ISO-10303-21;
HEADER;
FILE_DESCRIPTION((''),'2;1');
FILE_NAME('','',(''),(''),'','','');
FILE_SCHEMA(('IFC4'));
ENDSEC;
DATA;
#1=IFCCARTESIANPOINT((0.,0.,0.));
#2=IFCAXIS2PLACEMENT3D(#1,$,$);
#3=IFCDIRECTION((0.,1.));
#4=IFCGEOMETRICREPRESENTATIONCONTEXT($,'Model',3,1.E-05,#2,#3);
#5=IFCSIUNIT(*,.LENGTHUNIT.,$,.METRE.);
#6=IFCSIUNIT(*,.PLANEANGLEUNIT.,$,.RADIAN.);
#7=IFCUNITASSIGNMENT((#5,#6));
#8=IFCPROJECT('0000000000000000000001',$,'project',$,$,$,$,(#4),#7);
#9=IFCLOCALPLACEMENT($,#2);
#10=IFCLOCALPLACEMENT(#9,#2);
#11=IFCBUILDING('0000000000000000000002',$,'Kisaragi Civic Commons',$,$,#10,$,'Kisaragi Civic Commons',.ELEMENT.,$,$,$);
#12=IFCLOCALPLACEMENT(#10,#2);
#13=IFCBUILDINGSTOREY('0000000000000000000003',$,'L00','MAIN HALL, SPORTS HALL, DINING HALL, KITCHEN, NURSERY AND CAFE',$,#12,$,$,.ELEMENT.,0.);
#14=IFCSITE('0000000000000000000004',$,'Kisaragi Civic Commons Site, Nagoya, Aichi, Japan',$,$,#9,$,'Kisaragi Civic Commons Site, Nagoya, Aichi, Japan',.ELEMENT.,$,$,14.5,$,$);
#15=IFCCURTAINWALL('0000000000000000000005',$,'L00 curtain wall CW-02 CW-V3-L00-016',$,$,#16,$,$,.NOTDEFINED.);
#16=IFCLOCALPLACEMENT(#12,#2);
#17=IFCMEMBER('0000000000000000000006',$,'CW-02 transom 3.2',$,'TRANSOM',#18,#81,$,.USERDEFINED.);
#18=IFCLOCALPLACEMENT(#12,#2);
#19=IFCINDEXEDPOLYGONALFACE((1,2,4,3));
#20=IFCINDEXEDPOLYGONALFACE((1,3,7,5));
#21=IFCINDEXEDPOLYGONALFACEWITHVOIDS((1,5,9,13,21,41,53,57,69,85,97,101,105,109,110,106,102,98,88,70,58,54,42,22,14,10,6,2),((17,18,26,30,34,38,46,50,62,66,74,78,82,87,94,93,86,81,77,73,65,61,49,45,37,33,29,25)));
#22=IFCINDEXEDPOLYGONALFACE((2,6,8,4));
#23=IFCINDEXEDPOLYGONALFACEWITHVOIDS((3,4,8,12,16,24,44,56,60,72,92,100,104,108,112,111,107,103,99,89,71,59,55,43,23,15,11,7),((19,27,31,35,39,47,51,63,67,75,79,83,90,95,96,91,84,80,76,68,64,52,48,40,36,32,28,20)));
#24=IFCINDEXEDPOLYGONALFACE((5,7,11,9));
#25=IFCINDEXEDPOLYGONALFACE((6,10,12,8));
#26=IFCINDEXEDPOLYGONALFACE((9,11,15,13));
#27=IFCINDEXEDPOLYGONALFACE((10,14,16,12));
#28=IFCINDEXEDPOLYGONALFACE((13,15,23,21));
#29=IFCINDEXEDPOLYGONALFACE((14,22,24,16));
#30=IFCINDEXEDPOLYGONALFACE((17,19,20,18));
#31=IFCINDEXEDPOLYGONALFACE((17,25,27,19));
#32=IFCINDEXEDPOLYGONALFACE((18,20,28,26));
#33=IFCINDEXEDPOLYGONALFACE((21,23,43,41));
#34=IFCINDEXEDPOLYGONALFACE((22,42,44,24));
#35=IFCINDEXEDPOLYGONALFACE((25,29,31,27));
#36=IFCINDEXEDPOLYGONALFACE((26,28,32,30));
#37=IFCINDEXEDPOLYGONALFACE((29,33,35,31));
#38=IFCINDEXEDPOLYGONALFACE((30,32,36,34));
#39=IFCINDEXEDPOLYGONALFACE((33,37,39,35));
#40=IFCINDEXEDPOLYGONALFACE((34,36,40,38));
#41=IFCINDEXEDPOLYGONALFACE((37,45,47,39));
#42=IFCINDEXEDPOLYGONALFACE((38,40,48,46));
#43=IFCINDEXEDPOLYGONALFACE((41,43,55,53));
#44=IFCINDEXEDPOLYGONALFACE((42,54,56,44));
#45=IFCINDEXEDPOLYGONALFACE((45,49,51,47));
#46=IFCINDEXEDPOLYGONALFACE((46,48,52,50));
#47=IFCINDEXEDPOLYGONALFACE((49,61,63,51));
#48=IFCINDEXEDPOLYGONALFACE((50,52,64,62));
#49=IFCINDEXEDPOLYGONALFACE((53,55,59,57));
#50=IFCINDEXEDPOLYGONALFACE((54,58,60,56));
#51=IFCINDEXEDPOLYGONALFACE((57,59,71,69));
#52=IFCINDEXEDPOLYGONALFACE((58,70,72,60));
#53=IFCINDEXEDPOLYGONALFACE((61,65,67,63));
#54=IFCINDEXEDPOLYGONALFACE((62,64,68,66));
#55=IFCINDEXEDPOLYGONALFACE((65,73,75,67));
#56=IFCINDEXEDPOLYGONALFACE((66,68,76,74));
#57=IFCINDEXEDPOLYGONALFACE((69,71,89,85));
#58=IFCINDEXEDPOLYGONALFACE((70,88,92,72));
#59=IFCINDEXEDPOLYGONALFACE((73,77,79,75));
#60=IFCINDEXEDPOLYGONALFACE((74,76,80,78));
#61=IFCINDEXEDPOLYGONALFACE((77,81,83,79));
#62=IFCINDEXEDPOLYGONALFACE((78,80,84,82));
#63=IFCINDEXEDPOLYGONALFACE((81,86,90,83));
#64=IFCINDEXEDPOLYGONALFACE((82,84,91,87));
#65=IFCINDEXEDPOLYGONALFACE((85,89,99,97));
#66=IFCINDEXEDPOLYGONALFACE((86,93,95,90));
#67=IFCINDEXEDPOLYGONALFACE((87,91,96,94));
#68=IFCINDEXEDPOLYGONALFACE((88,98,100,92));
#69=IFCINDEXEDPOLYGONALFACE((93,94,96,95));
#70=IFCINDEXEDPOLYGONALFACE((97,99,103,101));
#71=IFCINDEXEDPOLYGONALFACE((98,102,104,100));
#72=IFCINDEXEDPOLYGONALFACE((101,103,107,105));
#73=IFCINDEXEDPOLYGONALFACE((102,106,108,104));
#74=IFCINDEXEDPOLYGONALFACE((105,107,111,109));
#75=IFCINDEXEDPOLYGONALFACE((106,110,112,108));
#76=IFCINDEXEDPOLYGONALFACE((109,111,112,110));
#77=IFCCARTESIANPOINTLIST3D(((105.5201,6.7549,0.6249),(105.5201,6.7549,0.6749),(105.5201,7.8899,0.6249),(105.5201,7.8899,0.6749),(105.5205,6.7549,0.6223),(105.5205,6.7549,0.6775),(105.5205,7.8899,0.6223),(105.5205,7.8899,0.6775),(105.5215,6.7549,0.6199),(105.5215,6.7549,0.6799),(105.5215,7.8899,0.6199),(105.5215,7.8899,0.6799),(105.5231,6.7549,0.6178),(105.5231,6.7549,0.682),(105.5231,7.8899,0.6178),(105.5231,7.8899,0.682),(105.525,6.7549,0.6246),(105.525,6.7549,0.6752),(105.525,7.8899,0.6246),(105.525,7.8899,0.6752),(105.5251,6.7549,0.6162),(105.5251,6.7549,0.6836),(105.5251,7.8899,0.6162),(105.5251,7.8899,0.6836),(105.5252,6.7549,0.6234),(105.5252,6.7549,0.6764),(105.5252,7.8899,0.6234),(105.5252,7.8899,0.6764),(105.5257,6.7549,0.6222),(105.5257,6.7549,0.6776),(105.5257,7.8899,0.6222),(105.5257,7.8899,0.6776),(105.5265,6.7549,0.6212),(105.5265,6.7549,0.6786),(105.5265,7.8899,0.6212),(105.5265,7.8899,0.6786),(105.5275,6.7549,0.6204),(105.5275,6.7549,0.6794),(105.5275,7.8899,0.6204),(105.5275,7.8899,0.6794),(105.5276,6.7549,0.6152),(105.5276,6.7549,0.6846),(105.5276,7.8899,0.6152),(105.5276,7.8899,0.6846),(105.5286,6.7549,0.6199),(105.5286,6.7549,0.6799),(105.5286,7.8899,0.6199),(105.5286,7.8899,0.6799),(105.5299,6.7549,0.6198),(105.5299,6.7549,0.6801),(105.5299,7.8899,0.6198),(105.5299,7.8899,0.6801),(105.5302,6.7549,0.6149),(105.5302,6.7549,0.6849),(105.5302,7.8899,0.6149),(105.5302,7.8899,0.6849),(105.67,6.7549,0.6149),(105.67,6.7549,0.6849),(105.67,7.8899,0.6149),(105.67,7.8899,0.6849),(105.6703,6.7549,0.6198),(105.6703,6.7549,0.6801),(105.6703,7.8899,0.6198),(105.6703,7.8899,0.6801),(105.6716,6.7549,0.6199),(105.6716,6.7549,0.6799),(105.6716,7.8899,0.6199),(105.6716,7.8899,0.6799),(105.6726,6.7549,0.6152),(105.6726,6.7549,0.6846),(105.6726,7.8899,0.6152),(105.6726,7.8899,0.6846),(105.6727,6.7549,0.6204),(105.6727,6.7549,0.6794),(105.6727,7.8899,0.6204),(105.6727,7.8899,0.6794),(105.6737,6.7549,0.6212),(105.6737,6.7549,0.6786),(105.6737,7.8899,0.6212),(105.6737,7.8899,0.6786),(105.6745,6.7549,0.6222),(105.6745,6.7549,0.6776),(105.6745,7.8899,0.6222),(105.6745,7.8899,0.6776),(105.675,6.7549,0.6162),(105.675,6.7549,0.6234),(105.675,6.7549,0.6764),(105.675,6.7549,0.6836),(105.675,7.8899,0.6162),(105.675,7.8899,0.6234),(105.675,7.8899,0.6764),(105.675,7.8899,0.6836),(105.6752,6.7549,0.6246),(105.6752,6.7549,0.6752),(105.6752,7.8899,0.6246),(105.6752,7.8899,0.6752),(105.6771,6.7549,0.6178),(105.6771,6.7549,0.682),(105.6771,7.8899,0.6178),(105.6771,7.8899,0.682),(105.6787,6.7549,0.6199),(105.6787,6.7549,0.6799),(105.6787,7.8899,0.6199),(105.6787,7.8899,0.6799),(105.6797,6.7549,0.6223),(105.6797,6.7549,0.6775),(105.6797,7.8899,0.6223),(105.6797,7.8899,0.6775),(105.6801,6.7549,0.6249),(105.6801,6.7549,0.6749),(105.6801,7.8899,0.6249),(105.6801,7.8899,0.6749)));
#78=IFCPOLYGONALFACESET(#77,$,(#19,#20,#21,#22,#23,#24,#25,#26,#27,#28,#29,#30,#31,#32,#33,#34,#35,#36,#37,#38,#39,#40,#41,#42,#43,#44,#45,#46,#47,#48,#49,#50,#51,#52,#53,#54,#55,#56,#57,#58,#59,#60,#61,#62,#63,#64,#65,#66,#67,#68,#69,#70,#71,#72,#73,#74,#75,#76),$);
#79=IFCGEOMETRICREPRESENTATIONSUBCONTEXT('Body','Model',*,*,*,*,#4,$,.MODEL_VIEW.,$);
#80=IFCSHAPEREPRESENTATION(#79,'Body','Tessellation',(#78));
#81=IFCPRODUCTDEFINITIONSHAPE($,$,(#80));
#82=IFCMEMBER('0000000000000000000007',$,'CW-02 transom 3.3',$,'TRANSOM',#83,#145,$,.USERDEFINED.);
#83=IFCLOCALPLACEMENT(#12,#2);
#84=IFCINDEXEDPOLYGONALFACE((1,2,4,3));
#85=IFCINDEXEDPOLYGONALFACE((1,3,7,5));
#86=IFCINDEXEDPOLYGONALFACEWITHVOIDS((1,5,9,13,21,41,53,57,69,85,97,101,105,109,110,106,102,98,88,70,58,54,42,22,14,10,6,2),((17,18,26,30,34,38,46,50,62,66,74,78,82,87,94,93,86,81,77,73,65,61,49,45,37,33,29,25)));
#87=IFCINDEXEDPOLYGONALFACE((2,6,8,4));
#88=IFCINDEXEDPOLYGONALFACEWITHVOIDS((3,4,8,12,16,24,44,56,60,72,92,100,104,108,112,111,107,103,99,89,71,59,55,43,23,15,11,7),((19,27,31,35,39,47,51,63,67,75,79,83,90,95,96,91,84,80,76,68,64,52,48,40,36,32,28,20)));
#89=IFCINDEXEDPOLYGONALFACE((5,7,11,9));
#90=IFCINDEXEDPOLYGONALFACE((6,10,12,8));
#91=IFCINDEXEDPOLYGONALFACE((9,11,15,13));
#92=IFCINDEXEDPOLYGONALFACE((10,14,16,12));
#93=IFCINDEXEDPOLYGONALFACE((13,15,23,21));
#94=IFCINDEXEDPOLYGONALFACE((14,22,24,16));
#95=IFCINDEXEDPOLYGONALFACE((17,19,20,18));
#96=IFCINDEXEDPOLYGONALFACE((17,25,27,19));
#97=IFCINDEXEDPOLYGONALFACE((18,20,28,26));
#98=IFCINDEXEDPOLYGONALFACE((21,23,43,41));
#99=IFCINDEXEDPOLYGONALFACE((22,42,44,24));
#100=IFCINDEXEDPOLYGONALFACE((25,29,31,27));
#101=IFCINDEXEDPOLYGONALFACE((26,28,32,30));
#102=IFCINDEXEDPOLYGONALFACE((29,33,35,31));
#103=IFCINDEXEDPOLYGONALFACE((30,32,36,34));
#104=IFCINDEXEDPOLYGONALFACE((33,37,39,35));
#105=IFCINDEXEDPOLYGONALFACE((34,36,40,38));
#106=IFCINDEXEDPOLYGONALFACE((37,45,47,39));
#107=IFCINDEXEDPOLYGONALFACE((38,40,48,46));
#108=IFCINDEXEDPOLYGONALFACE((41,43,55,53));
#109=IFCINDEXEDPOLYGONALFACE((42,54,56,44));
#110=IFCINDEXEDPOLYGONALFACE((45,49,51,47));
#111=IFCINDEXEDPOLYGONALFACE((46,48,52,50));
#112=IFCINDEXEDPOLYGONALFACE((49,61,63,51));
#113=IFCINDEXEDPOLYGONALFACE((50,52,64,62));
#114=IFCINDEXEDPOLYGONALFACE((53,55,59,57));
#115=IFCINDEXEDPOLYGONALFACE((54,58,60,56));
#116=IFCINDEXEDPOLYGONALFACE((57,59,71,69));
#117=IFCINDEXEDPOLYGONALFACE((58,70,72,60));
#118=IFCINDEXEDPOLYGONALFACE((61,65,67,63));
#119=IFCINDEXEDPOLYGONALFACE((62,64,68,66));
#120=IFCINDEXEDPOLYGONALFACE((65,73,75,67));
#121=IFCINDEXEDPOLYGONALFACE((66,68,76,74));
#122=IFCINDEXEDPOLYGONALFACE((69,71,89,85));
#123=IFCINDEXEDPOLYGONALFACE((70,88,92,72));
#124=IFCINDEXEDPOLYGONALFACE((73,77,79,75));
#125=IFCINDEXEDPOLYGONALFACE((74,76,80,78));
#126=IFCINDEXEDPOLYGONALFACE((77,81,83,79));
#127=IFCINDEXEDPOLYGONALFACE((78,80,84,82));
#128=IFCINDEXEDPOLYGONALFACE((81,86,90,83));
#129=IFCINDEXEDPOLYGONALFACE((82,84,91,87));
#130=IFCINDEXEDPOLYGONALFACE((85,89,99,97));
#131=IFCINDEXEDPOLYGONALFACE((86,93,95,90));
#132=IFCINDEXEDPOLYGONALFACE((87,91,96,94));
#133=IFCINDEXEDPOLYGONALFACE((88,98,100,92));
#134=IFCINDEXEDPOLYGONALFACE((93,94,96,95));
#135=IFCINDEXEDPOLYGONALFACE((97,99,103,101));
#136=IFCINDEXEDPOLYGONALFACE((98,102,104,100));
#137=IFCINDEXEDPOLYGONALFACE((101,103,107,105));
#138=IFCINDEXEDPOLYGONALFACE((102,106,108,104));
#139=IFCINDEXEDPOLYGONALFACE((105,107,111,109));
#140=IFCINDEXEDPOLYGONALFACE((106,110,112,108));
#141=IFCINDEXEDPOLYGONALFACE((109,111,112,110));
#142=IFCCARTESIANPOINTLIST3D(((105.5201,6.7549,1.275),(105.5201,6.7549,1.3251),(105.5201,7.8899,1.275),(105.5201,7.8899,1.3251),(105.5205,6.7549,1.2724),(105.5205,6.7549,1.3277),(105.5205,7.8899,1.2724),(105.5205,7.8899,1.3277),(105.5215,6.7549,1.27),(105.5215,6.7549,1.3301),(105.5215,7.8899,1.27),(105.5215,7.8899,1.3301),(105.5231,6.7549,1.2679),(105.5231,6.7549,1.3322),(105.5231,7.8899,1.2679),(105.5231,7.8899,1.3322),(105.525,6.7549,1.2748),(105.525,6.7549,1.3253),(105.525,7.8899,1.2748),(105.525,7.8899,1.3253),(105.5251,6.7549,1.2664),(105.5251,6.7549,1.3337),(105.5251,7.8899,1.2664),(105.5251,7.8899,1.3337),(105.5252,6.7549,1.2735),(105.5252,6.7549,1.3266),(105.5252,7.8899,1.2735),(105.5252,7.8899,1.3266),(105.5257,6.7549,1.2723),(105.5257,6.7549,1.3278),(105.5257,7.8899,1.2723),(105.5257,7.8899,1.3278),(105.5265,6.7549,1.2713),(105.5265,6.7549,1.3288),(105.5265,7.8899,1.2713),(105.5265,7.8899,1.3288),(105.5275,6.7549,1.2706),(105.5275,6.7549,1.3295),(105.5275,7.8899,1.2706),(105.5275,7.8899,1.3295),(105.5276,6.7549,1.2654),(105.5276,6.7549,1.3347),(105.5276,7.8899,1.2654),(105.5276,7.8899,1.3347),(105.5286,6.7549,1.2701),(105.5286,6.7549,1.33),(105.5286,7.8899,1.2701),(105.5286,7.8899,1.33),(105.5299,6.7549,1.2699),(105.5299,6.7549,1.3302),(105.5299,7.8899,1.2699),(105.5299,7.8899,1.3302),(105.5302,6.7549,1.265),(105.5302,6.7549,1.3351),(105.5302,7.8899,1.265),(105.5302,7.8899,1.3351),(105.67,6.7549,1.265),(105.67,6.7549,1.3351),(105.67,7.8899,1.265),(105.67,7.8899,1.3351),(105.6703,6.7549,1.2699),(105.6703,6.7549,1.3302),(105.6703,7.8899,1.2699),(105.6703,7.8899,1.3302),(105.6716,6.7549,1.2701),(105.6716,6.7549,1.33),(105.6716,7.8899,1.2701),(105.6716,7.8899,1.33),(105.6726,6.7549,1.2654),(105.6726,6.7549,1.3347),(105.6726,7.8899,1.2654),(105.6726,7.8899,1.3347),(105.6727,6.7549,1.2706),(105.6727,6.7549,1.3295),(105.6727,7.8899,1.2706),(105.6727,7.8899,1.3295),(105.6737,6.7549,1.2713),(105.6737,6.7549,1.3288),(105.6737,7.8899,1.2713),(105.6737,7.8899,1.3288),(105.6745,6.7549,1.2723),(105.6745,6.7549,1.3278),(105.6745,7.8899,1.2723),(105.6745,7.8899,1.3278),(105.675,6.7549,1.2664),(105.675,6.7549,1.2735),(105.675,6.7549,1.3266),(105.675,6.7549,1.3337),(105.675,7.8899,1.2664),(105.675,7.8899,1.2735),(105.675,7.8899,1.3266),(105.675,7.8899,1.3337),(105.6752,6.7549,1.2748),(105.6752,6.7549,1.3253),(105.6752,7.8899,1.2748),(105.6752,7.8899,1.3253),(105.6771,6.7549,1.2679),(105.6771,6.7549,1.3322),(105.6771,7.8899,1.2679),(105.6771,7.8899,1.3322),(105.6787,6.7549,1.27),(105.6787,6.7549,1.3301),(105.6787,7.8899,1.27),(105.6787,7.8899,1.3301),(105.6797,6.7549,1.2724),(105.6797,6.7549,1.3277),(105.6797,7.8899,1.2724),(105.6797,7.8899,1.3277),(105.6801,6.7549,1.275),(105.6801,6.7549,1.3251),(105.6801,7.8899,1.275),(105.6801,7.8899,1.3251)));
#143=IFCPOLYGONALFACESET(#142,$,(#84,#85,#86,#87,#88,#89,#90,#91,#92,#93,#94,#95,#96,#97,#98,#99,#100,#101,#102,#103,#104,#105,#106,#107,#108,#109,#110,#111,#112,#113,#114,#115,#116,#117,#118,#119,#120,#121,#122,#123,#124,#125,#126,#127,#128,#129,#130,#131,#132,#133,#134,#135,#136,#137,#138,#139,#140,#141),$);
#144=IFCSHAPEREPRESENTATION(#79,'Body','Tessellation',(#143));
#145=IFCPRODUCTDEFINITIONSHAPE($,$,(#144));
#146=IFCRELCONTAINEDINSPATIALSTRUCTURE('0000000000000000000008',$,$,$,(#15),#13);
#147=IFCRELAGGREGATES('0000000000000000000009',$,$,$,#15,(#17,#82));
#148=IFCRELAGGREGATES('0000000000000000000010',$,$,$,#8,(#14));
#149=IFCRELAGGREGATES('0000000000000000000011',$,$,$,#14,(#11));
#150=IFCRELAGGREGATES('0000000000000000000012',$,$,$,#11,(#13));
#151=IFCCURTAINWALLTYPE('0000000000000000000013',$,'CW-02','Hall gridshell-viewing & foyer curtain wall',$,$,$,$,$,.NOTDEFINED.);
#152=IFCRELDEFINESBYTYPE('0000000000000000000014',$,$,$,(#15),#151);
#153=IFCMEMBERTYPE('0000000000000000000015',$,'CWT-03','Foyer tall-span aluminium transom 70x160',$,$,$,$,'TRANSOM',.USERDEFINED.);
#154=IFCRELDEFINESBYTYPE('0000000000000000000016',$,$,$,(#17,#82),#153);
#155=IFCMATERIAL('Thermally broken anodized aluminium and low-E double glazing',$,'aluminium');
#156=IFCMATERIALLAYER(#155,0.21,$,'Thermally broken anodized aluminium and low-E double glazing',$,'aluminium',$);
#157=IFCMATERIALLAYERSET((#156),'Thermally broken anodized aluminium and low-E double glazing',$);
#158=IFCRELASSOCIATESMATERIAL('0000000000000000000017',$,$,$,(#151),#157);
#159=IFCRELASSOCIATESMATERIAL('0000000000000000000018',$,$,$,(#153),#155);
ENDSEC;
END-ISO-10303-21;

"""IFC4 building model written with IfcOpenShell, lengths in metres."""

from ifc_helpers import new_model, si_unit, direction, frame, origin, origin_2d, place, context, subcontext, project, spatial, hollow_rectangle, extrude, material, layer, layer_set, material_profile, profile_set, type_object, element, aggregate, save


model = new_model("IFC4")

# Units and contexts
model_context = context("Model", 3, precision=1e-05, world=origin(), true_north=direction((0.0, 1.0)))
body_context = subcontext(model_context, "Body", "Model", "MODEL_VIEW")
ifc_project = project(units=[si_unit("LENGTHUNIT", "METRE"), si_unit("PLANEANGLEUNIT", "RADIAN")], contexts=[model_context])

# Site, building, storey
site_placement = place(None, origin())
site = spatial("IfcSite", under=ifc_project, at=site_placement, Name="Kisaragi Civic Commons Site, Nagoya, Aichi, Japan", LongName="Kisaragi Civic Commons Site, Nagoya, Aichi, Japan", CompositionType="ELEMENT", RefElevation=14.5)
building_placement = place(site_placement, origin())
building = spatial("IfcBuilding", under=site, at=building_placement, Name="Kisaragi Civic Commons", LongName="Kisaragi Civic Commons", CompositionType="ELEMENT")
storey_placement = place(building_placement, origin())
storey = spatial("IfcBuildingStorey", under=building, at=storey_placement, Name="L00", Description="MAIN HALL, SPORTS HALL, DINING HALL, KITCHEN, NURSERY AND CAFE", CompositionType="ELEMENT", Elevation=0.0)

# Curtain wall
ifc_material_1 = material(Name="Thermally broken anodized aluminium and low-E double glazing", Category="aluminium")
ifc_layer_1 = layer(ifc_material_1, 0.21, Name="Thermally broken anodized aluminium and low-E double glazing", Category="aluminium")
ifc_layer_set_1 = layer_set([ifc_layer_1], Name="Thermally broken anodized aluminium and low-E double glazing")
curtain_wall_type = type_object("IfcCurtainWallType", Name="CW-02", Description="Hall gridshell-viewing & foyer curtain wall", PredefinedType="NOTDEFINED", material=ifc_layer_set_1)
curtain_wall_1_placement = place(storey_placement, origin())
curtain_wall_1 = element("IfcCurtainWall", 1, at=curtain_wall_1_placement, inside=storey, type_object=curtain_wall_type, Name="L00 curtain wall CW-02 CW-V3-L00-016", PredefinedType="NOTDEFINED")

# Members
ifc_material_profile_1 = material_profile(ifc_material_1, hollow_rectangle(XDim=0.1599, YDim=0.0701, WallThickness=0.0049, InnerFilletRadius=0.0049, OuterFilletRadius=0.01, at=origin_2d()), Name="CWT-70x160x5", Category="aluminium")
ifc_profile_set_1 = profile_set([ifc_material_profile_1], Name="Thermally broken anodized aluminium and low-E double glazing")
member_type_1 = type_object("IfcMemberType", Name="CWT-03", Description="Foyer tall-span aluminium transom 70x160", ElementType="TRANSOM", PredefinedType="USERDEFINED", material=ifc_profile_set_1)
member_1_placement = place(storey_placement, frame((105.6001, 6.7549, 0.6499), z_axis=(0.0, 1.0, 0.0), x_axis=(-1.0, 0.0, 0.0)))
member_1 = element("IfcMember", 2, at=member_1_placement, type_object=member_type_1, Name="CW-02 transom 3.2", ObjectType="TRANSOM", PredefinedType="USERDEFINED", context=body_context, shape_type="SweptSolid", body=[
    extrude(hollow_rectangle(XDim=0.1599, YDim=0.0701, WallThickness=0.0049, InnerFilletRadius=0.0049, OuterFilletRadius=0.01, at=origin_2d()), origin(), (0.0, 0.0, 1.0), 1.135),
])
member_2_placement = place(storey_placement, frame((105.6001, 6.7549, 1.3), z_axis=(0.0, 1.0, 0.0), x_axis=(-1.0, 0.0, 0.0)))
member_2 = element("IfcMember", 3, at=member_2_placement, type_object=member_type_1, Name="CW-02 transom 3.3", ObjectType="TRANSOM", PredefinedType="USERDEFINED", context=body_context, shape_type="SweptSolid", body=[
    extrude(hollow_rectangle(XDim=0.1599, YDim=0.0701, WallThickness=0.0049, InnerFilletRadius=0.0049, OuterFilletRadius=0.01, at=origin_2d()), origin(), (0.0, 0.0, 1.0), 1.135),
])

aggregate(curtain_wall_1, [member_1, member_2])

save(model, "model.ifc")
